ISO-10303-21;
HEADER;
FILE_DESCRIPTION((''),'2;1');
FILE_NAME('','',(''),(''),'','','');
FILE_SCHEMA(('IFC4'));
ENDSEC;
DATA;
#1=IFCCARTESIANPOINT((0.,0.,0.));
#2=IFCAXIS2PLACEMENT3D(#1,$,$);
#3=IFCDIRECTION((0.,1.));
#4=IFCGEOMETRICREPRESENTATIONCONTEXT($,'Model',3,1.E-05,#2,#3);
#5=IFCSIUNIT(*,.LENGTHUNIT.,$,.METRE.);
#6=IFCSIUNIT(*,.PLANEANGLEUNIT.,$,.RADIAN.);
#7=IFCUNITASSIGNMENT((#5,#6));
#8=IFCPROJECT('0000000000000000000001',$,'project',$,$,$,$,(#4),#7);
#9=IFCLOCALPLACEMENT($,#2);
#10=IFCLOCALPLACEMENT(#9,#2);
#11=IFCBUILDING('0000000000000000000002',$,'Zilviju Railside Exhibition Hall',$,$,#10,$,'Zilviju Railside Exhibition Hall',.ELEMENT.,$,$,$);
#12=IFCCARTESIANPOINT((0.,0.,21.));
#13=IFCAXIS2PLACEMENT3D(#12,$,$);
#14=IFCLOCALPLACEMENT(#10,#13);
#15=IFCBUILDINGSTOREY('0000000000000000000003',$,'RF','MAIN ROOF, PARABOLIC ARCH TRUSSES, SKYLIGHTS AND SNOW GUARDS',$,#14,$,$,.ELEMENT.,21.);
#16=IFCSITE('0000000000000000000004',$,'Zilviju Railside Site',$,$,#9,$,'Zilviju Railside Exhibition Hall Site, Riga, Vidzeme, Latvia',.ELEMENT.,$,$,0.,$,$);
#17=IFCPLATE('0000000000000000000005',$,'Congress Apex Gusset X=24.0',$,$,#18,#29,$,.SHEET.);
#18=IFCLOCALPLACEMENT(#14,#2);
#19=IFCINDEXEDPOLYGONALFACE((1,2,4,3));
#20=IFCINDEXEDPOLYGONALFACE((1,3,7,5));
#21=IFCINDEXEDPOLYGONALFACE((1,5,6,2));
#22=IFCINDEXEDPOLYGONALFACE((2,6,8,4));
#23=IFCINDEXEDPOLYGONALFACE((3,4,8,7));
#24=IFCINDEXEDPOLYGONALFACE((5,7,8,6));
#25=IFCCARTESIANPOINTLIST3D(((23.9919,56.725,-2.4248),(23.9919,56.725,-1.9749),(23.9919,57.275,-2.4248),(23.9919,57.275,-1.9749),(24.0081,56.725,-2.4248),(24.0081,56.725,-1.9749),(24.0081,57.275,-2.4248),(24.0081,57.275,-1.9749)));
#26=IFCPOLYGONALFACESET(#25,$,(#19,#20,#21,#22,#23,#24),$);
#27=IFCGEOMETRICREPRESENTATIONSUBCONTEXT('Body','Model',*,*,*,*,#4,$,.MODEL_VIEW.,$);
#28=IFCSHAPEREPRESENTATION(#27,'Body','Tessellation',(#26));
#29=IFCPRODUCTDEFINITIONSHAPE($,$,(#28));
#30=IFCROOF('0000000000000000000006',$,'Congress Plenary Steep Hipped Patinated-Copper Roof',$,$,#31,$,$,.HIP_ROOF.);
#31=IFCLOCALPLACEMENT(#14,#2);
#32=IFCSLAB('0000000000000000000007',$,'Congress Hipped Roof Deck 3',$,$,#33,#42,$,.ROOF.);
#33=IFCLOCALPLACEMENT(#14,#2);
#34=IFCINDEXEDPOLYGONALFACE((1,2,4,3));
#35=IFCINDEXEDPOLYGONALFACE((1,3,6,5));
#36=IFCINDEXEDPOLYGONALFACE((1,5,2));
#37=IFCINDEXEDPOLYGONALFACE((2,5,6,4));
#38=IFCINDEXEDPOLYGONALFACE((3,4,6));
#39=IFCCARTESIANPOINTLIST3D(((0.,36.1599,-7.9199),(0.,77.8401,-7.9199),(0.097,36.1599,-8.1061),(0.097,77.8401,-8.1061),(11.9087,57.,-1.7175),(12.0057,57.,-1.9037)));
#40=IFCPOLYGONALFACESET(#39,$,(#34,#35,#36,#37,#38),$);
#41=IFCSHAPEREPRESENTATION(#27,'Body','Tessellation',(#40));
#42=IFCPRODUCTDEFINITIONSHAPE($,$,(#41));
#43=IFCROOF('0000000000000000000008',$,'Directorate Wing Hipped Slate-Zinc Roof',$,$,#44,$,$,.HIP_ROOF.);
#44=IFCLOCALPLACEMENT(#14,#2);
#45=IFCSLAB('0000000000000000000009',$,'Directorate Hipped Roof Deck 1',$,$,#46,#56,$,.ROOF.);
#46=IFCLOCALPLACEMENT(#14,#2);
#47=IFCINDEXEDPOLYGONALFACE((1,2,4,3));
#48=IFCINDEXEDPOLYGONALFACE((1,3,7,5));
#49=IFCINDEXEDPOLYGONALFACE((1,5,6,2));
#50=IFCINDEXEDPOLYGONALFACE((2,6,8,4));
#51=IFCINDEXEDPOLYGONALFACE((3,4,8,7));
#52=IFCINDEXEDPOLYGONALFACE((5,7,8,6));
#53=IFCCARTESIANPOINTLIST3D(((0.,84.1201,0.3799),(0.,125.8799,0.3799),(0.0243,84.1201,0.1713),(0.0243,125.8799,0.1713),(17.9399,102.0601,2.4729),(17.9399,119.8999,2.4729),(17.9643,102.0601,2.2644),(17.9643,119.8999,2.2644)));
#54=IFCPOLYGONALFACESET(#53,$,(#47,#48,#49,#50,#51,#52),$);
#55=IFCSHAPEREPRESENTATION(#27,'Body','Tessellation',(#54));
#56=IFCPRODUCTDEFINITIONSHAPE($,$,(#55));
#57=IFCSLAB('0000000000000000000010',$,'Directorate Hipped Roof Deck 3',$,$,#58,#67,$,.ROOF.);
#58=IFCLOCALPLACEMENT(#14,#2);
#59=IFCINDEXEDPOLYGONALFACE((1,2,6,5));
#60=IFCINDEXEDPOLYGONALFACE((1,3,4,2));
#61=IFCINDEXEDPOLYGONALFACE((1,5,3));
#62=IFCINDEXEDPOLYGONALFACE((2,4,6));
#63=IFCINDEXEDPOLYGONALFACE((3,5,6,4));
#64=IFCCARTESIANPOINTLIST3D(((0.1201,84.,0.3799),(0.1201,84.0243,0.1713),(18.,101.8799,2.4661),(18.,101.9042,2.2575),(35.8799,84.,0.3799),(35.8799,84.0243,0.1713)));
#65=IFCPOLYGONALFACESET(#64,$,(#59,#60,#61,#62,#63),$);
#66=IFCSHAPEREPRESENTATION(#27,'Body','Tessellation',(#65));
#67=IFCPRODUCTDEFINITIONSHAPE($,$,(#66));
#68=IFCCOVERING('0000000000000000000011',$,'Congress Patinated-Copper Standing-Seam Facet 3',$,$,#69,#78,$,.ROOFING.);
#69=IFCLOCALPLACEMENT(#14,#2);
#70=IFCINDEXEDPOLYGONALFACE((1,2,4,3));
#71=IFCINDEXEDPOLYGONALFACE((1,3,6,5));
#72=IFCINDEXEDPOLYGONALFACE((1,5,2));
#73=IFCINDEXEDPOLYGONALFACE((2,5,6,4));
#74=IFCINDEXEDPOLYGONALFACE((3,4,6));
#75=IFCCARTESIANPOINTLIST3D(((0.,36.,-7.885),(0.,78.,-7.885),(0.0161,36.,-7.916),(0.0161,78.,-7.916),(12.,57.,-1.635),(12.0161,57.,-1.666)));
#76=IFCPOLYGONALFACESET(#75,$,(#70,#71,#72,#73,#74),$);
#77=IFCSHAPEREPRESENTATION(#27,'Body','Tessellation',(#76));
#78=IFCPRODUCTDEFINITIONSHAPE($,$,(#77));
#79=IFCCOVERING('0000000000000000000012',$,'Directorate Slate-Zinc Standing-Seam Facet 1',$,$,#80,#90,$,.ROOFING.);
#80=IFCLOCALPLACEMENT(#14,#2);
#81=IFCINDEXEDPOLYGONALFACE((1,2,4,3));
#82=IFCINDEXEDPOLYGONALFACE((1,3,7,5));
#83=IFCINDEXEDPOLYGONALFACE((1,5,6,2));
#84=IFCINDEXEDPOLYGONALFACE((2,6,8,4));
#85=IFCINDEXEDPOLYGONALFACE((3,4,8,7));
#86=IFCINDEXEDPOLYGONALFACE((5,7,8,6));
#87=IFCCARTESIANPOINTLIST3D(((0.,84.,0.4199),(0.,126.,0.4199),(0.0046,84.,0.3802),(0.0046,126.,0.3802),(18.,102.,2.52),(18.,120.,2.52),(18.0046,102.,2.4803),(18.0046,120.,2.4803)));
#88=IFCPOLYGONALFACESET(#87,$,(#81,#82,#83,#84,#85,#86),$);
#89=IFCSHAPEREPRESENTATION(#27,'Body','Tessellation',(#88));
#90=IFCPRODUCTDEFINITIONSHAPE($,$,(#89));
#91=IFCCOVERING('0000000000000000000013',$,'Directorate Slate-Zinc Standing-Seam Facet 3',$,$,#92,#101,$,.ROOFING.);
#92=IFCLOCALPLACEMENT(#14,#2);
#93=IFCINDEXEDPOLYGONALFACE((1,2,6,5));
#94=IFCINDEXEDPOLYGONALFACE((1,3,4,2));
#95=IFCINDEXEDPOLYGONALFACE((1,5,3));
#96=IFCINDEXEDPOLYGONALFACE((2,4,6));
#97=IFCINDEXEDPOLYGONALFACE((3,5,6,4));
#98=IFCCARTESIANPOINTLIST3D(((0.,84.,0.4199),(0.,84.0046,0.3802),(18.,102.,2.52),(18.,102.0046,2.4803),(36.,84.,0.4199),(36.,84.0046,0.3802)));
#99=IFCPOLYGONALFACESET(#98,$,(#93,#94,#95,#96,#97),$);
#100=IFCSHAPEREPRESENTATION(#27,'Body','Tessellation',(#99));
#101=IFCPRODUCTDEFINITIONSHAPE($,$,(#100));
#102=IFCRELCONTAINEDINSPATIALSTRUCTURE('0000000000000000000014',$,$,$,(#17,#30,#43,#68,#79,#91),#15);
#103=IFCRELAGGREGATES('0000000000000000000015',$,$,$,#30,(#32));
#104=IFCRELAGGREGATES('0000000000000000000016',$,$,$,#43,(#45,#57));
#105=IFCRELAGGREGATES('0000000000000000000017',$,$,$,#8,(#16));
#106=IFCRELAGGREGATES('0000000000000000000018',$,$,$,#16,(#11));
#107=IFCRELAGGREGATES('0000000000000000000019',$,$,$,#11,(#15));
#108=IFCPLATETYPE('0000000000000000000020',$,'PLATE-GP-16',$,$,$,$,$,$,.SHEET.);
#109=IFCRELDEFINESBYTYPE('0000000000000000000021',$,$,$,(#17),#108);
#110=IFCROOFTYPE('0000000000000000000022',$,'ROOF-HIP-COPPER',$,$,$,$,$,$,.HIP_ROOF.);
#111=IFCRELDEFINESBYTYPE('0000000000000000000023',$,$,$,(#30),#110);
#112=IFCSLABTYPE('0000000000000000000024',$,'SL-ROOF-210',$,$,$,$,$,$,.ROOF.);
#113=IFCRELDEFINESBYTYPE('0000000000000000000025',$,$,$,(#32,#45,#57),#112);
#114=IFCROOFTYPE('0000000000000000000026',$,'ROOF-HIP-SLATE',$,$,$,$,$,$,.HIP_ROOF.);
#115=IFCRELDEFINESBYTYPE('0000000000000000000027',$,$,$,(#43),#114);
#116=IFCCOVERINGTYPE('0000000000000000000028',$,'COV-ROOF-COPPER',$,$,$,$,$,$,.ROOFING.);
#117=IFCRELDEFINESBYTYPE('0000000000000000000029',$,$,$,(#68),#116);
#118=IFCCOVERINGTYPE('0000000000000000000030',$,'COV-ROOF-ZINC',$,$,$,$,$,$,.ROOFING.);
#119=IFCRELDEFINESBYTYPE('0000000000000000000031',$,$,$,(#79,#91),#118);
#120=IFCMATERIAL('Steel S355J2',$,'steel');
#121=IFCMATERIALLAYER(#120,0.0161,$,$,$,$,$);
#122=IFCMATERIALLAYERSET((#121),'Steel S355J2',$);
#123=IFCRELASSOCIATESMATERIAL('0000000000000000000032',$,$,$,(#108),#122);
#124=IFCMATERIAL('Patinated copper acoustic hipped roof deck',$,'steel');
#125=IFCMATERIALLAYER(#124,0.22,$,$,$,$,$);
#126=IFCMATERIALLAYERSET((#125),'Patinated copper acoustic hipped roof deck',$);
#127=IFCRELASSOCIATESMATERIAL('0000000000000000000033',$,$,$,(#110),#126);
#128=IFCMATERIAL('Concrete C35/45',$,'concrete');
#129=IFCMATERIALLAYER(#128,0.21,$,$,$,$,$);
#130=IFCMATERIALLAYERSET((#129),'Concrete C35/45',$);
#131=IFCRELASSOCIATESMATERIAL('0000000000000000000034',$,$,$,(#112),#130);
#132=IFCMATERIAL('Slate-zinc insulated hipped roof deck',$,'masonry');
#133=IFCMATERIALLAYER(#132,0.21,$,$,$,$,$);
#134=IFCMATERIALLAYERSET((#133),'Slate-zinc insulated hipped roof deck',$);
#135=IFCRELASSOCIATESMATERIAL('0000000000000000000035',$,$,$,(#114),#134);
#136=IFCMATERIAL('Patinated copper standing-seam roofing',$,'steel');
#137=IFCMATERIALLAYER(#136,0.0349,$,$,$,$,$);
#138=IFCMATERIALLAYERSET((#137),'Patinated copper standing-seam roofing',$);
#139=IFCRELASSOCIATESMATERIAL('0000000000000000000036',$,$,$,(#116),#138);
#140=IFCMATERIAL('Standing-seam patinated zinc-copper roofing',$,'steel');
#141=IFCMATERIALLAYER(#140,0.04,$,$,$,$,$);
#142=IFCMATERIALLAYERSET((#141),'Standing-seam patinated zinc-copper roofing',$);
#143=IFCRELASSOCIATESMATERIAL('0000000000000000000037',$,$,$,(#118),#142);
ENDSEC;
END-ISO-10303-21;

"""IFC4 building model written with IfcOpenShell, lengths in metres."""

from ifc_helpers import new_model, si_unit, direction, frame, origin, origin_2d, place, context, subcontext, project, spatial, polyline, rectangle, outline, extrude, material, layer, layer_set, type_object, element, aggregate, save


model = new_model("IFC4")

# Units and contexts
model_context = context("Model", 3, precision=1e-05, world=origin(), true_north=direction((0.0, 1.0)))
body_context = subcontext(model_context, "Body", "Model", "MODEL_VIEW")
ifc_project = project(units=[si_unit("LENGTHUNIT", "METRE"), si_unit("PLANEANGLEUNIT", "RADIAN")], contexts=[model_context])

# Site, building, storey
site_placement = place(None, origin())
site = spatial("IfcSite", under=ifc_project, at=site_placement, Name="Zilviju Railside Site", LongName="Zilviju Railside Exhibition Hall Site, Riga, Vidzeme, Latvia", CompositionType="ELEMENT", RefElevation=0.0)
building_placement = place(site_placement, origin())
building = spatial("IfcBuilding", under=site, at=building_placement, Name="Zilviju Railside Exhibition Hall", LongName="Zilviju Railside Exhibition Hall", CompositionType="ELEMENT")
storey_placement = place(building_placement, frame((0.0, 0.0, 21.0)))
storey = spatial("IfcBuildingStorey", under=building, at=storey_placement, Name="RF", Description="MAIN ROOF, PARABOLIC ARCH TRUSSES, SKYLIGHTS AND SNOW GUARDS", CompositionType="ELEMENT", Elevation=21.0)

# Shared definitions
ifc_material_1 = material(Name="Steel S355J2", Category="steel")

# Plate
ifc_layer_1 = layer(ifc_material_1, 0.0161)
ifc_layer_set_1 = layer_set([ifc_layer_1], Name="Steel S355J2")
plate_type = type_object("IfcPlateType", Name="PLATE-GP-16", PredefinedType="SHEET", material=ifc_layer_set_1)
for number, where, z_axis, x_axis, name in (
    (1, (24.0, 57.0, -2.4248), (0.0, 0.0, 1.0), (1.0, 0.0, 0.0), "Congress Apex Gusset X=24.0"),
):
    element("IfcPlate", number, at=place(storey_placement, frame(where, z_axis=z_axis, x_axis=x_axis)), inside=storey, type_object=plate_type, Name=name, PredefinedType="SHEET", context=body_context, shape_type="SweptSolid", body=[
        extrude(rectangle(XDim=0.0161, YDim=0.55, at=origin_2d()), origin(), (0.0, 0.0, 1.0), 0.45),
    ])

# Roof, slab
ifc_material_2 = material(Name="Patinated copper acoustic hipped roof deck", Category="steel")
ifc_layer_2 = layer(ifc_material_2, 0.22)
ifc_layer_set_2 = layer_set([ifc_layer_2], Name="Patinated copper acoustic hipped roof deck")
roof_type_1 = type_object("IfcRoofType", Name="ROOF-HIP-COPPER", PredefinedType="HIP_ROOF", material=ifc_layer_set_2)
roof_1_placement = place(storey_placement, origin())
roof_1 = element("IfcRoof", 2, at=roof_1_placement, inside=storey, type_object=roof_type_1, Name="Congress Plenary Steep Hipped Patinated-Copper Roof", PredefinedType="HIP_ROOF")
ifc_material_3 = material(Name="Concrete C35/45", Category="concrete")
ifc_layer_3 = layer(ifc_material_3, 0.21)
ifc_layer_set_3 = layer_set([ifc_layer_3], Name="Concrete C35/45")
slab_type = type_object("IfcSlabType", Name="SL-ROOF-210", PredefinedType="ROOF", material=ifc_layer_set_3)
slab_1_placement = place(storey_placement, frame((0.0, 77.8401, -7.9199), z_axis=(-0.461931, 0.0, 0.886916), x_axis=(0.0, -1.0, 0.0)))
slab_1 = element("IfcSlab", 3, at=slab_1_placement, type_object=slab_type, Name="Congress Hipped Roof Deck 3", PredefinedType="ROOF", context=body_context, shape_type="SweptSolid", body=[
    extrude(outline(polyline([(0.0, 0.0), (41.6802, 0.0), (20.8401, 13.4271), (0.0, 0.0)])), origin(), (0.0, 0.0, -1.0), 0.21),
])
aggregate(roof_1, [slab_1])

# Roof, slabs
ifc_material_4 = material(Name="Slate-zinc insulated hipped roof deck", Category="masonry")
ifc_layer_4 = layer(ifc_material_4, 0.21)
ifc_layer_set_4 = layer_set([ifc_layer_4], Name="Slate-zinc insulated hipped roof deck")
roof_type_2 = type_object("IfcRoofType", Name="ROOF-HIP-SLATE", PredefinedType="HIP_ROOF", material=ifc_layer_set_4)
roof_2_placement = place(storey_placement, origin())
roof_2 = element("IfcRoof", 4, at=roof_2_placement, inside=storey, type_object=roof_type_2, Name="Directorate Wing Hipped Slate-Zinc Roof", PredefinedType="HIP_ROOF")
slab_2_placement = place(storey_placement, frame((0.0, 84.1201, 0.3799), z_axis=(-0.115882, 0.0, 0.993263), x_axis=(0.0, 1.0, 0.0)))
slab_2 = element("IfcSlab", 5, at=slab_2_placement, type_object=slab_type, Name="Directorate Hipped Roof Deck 1", PredefinedType="ROOF", context=body_context, shape_type="SweptSolid", body=[
    extrude(outline(polyline([(0.0, 0.0), (41.7598, 0.0), (35.7798, -18.0616), (17.9399, -18.0616), (0.0, 0.0)])), origin(), (0.0, 0.0, -1.0), 0.21),
])
slab_3_placement = place(storey_placement, frame((0.1201, 84.0, 0.3799), z_axis=(0.0, -0.115891, 0.993262), x_axis=(1.0, 0.0, 0.0)))
slab_3 = element("IfcSlab", 6, at=slab_3_placement, type_object=slab_type, Name="Directorate Hipped Roof Deck 3", PredefinedType="ROOF", context=body_context, shape_type="SweptSolid", body=[
    extrude(outline(polyline([(0.0, 0.0), (35.7598, 0.0), (17.8799, 18.0012), (0.0, 0.0)])), origin(), (0.0, 0.0, -1.0), 0.21),
])
aggregate(roof_2, [slab_2, slab_3])

# Coverings
ifc_material_5 = material(Name="Patinated copper standing-seam roofing", Category="steel")
ifc_layer_5 = layer(ifc_material_5, 0.0349)
ifc_layer_set_5 = layer_set([ifc_layer_5], Name="Patinated copper standing-seam roofing")
covering_type_1 = type_object("IfcCoveringType", Name="COV-ROOF-COPPER", PredefinedType="ROOFING", material=ifc_layer_set_5)
covering_1_placement = place(storey_placement, frame((0.0, 78.0, -7.885), z_axis=(-0.461934, 0.0, 0.886914), x_axis=(0.0, -1.0, 0.0)))
element("IfcCovering", 7, at=covering_1_placement, inside=storey, type_object=covering_type_1, Name="Congress Patinated-Copper Standing-Seam Facet 3", PredefinedType="ROOFING", context=body_context, shape_type="SweptSolid", body=[
    extrude(outline(polyline([(0.0, 0.0), (42.0, 0.0), (21.0, 13.5301), (0.0, 0.0)])), origin(), (0.0, 0.0, -1.0), 0.0349),
])
ifc_material_6 = material(Name="Standing-seam patinated zinc-copper roofing", Category="steel")
ifc_layer_6 = layer(ifc_material_6, 0.04)
ifc_layer_set_6 = layer_set([ifc_layer_6], Name="Standing-seam patinated zinc-copper roofing")
covering_type_2 = type_object("IfcCoveringType", Name="COV-ROOF-ZINC", PredefinedType="ROOFING", material=ifc_layer_set_6)
covering_2_placement = place(storey_placement, frame((0.0, 84.0, 0.4199), z_axis=(-0.115886, 0.0, 0.993263), x_axis=(0.0, 1.0, 0.0)))
element("IfcCovering", 8, at=covering_2_placement, inside=storey, type_object=covering_type_2, Name="Directorate Slate-Zinc Standing-Seam Facet 1", PredefinedType="ROOFING", context=body_context, shape_type="SweptSolid", body=[
    extrude(outline(polyline([(0.0, 0.0), (42.0, 0.0), (36.0, -18.1221), (18.0, -18.1221), (0.0, 0.0)])), origin(), (0.0, 0.0, -1.0), 0.04),
])
covering_3_placement = place(storey_placement, frame((0.0, 84.0, 0.4199), z_axis=(0.0, -0.115886, 0.993263), x_axis=(1.0, 0.0, 0.0)))
element("IfcCovering", 9, at=covering_3_placement, inside=storey, type_object=covering_type_2, Name="Directorate Slate-Zinc Standing-Seam Facet 3", PredefinedType="ROOFING", context=body_context, shape_type="SweptSolid", body=[
    extrude(outline(polyline([(0.0, 0.0), (36.0, 0.0), (18.0, 18.1221), (0.0, 0.0)])), origin(), (0.0, 0.0, -1.0), 0.04),
])

save(model, "model.ifc")
